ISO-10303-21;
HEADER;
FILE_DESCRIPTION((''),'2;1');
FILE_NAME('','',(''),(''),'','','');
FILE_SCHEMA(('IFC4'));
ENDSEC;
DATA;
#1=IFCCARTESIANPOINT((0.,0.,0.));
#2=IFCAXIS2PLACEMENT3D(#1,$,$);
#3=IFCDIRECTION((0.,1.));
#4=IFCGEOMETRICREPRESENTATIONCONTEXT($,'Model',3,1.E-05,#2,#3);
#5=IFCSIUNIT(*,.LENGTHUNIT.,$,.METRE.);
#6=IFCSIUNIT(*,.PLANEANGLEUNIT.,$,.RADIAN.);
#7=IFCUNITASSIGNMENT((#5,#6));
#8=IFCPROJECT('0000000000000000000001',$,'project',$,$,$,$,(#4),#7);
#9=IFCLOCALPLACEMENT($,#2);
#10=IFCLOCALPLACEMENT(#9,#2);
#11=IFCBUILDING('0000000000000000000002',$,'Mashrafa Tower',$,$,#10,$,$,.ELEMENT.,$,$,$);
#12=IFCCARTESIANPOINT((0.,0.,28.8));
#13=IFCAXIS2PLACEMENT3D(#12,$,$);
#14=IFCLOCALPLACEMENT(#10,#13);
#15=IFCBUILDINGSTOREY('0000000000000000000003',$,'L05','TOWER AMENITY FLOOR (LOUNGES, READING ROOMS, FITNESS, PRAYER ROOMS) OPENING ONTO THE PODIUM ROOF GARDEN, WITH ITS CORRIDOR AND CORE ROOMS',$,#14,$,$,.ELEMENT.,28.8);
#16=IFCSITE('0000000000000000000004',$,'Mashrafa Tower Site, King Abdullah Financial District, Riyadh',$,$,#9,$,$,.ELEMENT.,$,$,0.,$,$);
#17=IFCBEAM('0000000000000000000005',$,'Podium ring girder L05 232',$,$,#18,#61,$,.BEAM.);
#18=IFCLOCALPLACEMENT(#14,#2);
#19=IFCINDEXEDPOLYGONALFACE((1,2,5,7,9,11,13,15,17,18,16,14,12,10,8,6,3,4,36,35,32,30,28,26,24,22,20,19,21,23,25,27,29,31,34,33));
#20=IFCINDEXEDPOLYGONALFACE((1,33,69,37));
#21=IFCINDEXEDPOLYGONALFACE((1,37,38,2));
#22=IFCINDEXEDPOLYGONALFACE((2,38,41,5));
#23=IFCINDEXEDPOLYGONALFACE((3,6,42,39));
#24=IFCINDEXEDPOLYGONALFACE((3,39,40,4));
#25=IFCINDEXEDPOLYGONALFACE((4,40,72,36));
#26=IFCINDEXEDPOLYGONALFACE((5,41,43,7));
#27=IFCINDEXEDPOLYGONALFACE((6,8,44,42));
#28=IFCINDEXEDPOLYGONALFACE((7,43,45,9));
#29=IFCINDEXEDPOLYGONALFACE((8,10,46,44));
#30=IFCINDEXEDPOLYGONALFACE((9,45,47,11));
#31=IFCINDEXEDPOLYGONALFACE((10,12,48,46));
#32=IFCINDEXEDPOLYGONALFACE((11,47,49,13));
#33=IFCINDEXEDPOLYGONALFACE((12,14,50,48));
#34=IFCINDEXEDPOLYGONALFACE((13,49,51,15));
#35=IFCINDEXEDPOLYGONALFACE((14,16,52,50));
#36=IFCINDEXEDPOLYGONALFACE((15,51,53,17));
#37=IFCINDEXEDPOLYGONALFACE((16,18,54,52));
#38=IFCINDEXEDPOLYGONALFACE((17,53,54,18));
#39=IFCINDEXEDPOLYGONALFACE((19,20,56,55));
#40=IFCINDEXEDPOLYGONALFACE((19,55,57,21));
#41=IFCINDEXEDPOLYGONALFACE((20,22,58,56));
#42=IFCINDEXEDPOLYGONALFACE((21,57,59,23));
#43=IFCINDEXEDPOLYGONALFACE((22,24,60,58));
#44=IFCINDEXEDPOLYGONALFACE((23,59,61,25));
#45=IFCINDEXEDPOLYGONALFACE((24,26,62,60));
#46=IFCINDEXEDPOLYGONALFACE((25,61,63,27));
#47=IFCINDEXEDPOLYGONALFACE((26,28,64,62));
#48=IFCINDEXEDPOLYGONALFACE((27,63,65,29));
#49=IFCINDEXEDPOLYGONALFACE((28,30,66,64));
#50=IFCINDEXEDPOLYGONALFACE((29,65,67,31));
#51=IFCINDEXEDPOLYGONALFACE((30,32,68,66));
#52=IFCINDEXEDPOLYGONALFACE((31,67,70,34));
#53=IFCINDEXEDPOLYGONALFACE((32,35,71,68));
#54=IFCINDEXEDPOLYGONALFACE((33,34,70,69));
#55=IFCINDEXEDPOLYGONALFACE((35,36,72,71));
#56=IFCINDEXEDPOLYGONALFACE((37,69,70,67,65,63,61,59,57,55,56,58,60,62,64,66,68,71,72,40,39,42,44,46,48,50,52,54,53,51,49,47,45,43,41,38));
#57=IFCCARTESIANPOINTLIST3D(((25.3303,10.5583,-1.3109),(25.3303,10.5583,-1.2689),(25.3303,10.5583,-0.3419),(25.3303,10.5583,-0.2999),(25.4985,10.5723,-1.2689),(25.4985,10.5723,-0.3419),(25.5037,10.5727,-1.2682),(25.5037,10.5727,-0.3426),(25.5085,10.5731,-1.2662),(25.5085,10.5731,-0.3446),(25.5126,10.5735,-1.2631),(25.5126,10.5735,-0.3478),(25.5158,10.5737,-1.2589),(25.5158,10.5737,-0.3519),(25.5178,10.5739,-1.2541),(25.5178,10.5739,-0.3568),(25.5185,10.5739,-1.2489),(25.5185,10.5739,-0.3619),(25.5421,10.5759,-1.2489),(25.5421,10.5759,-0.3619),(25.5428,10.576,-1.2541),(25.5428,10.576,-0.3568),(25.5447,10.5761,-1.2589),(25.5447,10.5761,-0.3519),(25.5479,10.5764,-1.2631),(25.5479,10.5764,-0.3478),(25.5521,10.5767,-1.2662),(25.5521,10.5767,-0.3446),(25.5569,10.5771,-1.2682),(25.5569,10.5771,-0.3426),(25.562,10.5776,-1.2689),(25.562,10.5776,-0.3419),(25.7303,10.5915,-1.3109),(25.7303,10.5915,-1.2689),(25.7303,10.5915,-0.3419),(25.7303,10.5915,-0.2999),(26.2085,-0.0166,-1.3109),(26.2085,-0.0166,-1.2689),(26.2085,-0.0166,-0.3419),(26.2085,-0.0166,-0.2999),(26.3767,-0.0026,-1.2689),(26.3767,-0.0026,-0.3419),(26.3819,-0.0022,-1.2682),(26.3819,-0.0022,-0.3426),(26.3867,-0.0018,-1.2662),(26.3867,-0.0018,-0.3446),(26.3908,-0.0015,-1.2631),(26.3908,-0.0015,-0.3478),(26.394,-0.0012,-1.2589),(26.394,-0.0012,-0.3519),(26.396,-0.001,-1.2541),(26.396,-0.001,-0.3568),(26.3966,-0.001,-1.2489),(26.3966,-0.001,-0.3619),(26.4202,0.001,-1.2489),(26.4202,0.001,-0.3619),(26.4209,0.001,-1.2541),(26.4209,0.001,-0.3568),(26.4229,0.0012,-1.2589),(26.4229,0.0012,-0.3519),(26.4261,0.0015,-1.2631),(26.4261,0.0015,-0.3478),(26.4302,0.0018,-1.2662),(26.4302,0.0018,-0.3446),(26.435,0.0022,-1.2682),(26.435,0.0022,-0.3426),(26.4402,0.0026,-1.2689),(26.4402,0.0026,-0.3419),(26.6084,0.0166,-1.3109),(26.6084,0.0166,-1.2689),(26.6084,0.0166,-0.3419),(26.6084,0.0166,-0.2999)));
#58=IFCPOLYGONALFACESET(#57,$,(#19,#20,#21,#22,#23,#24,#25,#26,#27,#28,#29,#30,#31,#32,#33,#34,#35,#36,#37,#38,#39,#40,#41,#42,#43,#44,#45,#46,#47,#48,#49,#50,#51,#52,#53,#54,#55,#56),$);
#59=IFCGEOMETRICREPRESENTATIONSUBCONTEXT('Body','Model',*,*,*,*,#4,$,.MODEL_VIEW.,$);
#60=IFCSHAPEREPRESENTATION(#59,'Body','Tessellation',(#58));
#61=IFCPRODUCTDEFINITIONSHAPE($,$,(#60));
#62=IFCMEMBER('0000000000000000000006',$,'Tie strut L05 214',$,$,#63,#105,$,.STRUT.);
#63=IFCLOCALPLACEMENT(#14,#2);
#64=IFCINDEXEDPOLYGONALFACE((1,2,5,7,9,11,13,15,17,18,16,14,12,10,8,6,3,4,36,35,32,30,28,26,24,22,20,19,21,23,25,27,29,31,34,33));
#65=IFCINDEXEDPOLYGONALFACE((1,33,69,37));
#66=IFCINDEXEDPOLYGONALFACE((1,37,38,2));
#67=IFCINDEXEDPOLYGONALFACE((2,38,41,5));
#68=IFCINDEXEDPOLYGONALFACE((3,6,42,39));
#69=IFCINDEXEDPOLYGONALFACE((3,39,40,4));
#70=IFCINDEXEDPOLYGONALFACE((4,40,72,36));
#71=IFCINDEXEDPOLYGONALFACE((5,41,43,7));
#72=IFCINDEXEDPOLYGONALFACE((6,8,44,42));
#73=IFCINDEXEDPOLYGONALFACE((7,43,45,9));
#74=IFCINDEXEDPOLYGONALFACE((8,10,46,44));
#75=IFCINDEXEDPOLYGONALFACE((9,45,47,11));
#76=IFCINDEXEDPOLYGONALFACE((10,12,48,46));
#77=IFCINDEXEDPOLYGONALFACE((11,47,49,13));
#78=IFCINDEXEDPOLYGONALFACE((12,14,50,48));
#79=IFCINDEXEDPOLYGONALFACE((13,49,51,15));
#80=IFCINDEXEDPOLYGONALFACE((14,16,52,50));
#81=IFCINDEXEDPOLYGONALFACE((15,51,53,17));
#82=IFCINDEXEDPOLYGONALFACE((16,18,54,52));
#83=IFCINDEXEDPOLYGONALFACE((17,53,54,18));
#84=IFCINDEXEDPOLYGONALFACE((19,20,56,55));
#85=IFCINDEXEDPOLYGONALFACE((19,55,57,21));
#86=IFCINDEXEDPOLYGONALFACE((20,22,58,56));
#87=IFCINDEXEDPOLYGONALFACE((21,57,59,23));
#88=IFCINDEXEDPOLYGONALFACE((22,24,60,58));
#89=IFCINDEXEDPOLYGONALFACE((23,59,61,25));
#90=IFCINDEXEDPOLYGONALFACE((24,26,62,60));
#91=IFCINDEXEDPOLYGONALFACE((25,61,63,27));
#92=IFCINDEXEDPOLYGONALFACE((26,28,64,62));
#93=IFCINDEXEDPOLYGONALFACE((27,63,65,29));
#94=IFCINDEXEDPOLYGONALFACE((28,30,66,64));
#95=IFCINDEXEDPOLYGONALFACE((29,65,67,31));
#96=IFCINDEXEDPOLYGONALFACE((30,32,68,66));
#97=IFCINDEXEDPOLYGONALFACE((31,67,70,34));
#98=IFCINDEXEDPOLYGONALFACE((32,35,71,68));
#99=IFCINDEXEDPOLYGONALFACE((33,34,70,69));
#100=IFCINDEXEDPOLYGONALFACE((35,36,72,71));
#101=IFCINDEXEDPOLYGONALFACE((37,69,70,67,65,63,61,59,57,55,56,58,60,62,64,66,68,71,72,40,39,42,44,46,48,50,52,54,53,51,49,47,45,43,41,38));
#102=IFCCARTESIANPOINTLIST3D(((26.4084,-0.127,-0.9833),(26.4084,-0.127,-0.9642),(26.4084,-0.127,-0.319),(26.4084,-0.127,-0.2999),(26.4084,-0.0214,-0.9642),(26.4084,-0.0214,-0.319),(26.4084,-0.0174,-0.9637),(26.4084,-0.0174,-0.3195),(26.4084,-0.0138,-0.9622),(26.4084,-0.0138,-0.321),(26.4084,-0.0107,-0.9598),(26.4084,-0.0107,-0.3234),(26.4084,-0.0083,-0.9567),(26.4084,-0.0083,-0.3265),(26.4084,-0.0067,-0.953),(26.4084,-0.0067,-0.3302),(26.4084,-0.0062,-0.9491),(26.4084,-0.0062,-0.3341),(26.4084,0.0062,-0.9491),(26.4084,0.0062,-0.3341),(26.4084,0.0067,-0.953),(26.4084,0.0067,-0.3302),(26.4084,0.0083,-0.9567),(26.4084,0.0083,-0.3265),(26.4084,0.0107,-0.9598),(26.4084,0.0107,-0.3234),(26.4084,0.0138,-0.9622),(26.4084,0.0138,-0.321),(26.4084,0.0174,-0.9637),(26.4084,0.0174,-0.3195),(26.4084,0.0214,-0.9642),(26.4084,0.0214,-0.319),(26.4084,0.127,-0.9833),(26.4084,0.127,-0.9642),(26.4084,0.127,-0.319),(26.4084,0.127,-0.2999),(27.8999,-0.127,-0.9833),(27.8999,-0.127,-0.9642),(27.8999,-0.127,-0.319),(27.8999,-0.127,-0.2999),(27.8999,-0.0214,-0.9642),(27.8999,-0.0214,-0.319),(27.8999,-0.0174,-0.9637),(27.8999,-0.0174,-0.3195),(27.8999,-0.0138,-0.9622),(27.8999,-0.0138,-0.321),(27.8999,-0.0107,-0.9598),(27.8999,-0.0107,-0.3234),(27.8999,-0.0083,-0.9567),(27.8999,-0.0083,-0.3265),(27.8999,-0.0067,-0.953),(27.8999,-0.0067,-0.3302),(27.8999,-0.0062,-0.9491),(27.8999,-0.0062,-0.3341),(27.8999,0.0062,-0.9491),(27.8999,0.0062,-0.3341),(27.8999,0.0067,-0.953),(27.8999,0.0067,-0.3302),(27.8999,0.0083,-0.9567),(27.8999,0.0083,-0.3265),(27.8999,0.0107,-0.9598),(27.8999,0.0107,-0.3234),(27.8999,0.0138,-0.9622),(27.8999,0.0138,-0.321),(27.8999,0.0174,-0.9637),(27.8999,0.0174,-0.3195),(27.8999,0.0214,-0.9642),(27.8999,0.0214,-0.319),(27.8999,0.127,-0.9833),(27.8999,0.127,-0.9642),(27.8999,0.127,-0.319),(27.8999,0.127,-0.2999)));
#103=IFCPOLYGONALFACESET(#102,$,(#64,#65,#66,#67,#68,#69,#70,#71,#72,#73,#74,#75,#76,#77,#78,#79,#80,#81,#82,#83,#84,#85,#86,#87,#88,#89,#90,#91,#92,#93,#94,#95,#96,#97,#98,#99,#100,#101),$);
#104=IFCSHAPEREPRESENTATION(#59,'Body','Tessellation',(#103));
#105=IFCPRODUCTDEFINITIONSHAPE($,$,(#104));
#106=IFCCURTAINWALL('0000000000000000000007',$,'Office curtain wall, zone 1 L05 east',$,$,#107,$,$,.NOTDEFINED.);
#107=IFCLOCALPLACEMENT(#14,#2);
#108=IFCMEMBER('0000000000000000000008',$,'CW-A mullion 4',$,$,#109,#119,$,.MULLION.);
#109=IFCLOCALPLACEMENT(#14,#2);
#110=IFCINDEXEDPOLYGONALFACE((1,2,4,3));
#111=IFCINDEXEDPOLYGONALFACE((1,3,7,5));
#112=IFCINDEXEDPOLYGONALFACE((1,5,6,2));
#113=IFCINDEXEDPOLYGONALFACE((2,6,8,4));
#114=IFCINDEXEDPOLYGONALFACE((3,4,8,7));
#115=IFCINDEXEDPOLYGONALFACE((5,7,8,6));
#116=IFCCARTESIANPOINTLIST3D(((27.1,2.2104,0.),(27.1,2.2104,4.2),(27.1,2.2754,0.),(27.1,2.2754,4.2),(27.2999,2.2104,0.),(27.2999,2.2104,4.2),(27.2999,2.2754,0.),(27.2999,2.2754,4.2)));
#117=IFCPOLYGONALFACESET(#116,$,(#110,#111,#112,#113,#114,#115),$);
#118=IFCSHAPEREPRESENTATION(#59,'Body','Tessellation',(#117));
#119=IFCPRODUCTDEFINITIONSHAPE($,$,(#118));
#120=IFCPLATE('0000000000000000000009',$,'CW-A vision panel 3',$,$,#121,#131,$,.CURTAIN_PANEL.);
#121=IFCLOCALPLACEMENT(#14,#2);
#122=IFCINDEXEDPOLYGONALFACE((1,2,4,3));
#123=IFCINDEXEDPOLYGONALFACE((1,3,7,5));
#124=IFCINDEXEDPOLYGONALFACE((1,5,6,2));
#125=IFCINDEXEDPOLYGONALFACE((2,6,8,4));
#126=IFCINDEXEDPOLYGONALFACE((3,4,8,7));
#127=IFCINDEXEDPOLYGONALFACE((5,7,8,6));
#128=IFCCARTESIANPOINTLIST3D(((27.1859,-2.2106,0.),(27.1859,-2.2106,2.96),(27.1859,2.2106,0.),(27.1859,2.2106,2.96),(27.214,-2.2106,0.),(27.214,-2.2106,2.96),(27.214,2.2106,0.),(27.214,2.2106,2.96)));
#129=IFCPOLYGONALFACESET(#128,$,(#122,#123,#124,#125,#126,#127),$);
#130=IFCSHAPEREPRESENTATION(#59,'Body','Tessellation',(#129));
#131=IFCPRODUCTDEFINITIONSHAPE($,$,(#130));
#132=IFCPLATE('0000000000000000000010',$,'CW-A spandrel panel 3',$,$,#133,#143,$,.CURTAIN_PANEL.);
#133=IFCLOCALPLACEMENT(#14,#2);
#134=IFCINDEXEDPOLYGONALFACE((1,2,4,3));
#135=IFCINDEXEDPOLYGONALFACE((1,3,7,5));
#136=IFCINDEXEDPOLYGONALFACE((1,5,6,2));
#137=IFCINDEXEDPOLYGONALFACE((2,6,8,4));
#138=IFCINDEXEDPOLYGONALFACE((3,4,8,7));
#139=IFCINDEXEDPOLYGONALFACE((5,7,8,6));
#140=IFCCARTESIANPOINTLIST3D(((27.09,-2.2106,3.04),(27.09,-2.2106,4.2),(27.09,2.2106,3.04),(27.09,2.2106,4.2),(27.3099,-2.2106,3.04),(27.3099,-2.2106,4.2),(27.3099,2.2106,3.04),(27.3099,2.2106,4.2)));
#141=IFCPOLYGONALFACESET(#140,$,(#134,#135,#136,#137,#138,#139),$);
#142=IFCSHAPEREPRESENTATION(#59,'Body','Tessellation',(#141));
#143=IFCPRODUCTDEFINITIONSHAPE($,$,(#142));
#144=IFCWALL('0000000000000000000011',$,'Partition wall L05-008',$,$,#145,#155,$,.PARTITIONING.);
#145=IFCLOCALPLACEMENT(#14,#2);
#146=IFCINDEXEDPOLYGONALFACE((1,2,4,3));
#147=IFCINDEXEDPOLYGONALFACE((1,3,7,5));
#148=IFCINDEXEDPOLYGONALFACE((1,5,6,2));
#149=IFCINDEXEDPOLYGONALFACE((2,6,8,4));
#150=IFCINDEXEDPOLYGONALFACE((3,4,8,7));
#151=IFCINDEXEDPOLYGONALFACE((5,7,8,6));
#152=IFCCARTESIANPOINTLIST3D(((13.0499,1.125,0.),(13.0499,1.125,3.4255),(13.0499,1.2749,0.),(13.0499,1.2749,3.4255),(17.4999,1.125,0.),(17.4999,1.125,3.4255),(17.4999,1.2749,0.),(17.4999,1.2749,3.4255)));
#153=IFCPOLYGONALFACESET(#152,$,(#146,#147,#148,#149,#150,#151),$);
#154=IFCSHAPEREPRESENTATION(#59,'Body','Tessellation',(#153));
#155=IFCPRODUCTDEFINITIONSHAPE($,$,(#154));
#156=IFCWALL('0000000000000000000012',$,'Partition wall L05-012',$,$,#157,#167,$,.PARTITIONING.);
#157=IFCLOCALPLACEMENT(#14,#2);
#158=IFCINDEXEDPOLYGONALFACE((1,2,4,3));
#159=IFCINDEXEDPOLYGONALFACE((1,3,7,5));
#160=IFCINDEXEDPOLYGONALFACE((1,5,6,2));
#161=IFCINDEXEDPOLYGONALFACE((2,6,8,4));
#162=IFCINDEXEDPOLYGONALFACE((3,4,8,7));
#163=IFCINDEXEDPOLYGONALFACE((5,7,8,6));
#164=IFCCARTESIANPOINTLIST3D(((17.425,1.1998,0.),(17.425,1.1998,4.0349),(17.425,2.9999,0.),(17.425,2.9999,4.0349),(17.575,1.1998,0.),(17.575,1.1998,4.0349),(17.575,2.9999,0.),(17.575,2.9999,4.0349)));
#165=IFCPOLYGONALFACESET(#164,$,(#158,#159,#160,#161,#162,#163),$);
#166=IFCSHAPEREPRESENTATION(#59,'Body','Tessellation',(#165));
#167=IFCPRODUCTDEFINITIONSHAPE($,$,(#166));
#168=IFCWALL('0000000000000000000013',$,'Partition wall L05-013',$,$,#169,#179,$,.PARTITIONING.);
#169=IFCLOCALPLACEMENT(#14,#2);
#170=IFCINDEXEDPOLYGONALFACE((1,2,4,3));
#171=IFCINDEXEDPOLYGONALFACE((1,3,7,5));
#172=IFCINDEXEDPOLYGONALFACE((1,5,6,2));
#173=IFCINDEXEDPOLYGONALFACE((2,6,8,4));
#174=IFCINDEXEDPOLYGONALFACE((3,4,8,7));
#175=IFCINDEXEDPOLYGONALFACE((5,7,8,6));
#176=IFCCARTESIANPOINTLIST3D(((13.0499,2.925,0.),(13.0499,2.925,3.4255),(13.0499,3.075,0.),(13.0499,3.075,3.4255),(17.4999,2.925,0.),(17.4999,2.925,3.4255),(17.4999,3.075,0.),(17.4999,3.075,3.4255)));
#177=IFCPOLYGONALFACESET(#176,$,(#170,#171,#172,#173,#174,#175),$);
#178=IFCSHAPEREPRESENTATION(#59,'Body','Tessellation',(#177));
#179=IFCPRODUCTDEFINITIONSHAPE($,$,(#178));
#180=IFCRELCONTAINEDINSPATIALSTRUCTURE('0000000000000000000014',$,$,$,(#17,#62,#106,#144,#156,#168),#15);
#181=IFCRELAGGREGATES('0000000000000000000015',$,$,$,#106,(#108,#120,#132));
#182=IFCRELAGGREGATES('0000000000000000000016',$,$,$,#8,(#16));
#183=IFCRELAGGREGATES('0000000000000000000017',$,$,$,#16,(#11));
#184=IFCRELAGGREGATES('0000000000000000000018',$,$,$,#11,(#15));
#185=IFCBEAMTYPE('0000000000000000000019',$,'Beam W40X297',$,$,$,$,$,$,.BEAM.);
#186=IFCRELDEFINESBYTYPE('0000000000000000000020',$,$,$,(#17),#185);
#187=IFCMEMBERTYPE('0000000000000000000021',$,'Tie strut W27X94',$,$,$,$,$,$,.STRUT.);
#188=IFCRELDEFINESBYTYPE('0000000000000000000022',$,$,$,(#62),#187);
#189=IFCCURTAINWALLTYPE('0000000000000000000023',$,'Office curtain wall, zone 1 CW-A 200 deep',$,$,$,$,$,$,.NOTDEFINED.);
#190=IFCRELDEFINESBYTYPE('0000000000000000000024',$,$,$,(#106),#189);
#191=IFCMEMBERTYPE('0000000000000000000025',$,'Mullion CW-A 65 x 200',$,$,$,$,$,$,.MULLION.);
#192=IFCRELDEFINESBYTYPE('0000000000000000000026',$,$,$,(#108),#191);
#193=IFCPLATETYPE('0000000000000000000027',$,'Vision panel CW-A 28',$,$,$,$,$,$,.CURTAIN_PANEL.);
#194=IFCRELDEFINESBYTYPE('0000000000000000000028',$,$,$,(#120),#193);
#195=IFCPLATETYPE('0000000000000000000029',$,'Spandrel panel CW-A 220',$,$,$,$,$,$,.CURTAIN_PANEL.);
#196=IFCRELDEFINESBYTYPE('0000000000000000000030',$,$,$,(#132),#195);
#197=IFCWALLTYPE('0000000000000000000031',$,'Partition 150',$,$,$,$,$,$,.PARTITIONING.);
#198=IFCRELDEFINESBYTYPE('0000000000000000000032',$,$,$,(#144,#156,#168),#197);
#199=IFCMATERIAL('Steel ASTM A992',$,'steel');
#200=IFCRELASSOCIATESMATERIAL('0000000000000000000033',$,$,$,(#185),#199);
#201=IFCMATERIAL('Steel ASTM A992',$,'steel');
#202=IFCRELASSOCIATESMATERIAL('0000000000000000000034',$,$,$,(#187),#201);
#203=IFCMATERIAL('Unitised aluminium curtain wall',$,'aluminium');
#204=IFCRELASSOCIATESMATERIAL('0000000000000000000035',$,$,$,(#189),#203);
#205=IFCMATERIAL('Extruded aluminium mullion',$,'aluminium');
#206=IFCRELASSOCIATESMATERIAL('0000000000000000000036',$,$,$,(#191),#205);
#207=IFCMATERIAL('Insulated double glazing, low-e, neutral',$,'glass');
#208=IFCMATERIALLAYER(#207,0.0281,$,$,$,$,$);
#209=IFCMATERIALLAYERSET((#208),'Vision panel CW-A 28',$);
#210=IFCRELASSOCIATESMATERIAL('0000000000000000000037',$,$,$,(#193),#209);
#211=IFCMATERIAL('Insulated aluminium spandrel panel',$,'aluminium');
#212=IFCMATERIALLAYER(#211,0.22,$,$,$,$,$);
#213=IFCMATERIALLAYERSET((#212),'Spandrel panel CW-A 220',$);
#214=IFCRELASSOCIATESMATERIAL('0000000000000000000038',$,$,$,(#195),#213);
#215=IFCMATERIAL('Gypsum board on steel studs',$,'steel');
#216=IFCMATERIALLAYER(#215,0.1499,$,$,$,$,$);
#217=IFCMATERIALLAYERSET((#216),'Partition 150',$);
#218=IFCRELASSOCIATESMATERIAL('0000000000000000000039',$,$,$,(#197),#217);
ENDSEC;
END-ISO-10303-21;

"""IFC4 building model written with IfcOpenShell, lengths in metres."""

from ifc_helpers import new_model, si_unit, direction, frame, frame_2d, origin, origin_2d, place, context, subcontext, project, spatial, rectangle, i_section, extrude, source, transform, mapped, material, layer, layer_set, material_profile, profile_set, type_object, type_shapes, element, aggregate, save


model = new_model("IFC4")

# Units and contexts
model_context = context("Model", 3, precision=1e-05, world=origin(), true_north=direction((0.0, 1.0)))
body_context = subcontext(model_context, "Body", "Model", "MODEL_VIEW")
ifc_project = project(units=[si_unit("LENGTHUNIT", "METRE"), si_unit("PLANEANGLEUNIT", "RADIAN")], contexts=[model_context])

# Site, building, storey
site_placement = place(None, origin())
site = spatial("IfcSite", under=ifc_project, at=site_placement, Name="Mashrafa Tower Site, King Abdullah Financial District, Riyadh", CompositionType="ELEMENT", RefElevation=0.0)
building_placement = place(site_placement, origin())
building = spatial("IfcBuilding", under=site, at=building_placement, Name="Mashrafa Tower", CompositionType="ELEMENT")
storey_placement = place(building_placement, frame((0.0, 0.0, 28.8)))
storey = spatial("IfcBuildingStorey", under=building, at=storey_placement, Name="L05", Description="TOWER AMENITY FLOOR (LOUNGES, READING ROOMS, FITNESS, PRAYER ROOMS) OPENING ONTO THE PODIUM ROOF GARDEN, WITH ITS CORRIDOR AND CORE ROOMS", CompositionType="ELEMENT", Elevation=28.8)

# Beam
ifc_material_1 = material(Name="Steel ASTM A992", Category="steel")
ifc_material_profile_1 = material_profile(ifc_material_1, i_section(OverallWidth=0.4014, OverallDepth=1.011, WebThickness=0.0237, FlangeThickness=0.042, FilletRadius=0.02, at=origin_2d()), Name="W40X297")
ifc_profile_set_1 = profile_set([ifc_material_profile_1], Name="Steel ASTM A992")
beam_type_1 = type_object("IfcBeamType", Name="Beam W40X297", PredefinedType="BEAM", material=ifc_profile_set_1)
for number, where, z_axis, x_axis, name in (
    (1, (26.4084, 0.0, -0.8054), (-0.082758, 0.99657, 0.0), (-0.99657, -0.082758, 0.0), "Podium ring girder L05 232"),
):
    element("IfcBeam", number, at=place(storey_placement, frame(where, z_axis=z_axis, x_axis=x_axis)), inside=storey, type_object=beam_type_1, Name=name, PredefinedType="BEAM", context=body_context, shape_type="SweptSolid", body=[
        extrude(i_section(OverallWidth=0.4014, OverallDepth=1.011, WebThickness=0.0237, FlangeThickness=0.042, FilletRadius=0.02, at=origin_2d()), origin(), (0.0, 0.0, 1.0), 10.6113),
    ])

# Member
ifc_material_2 = material(Name="Steel ASTM A992", Category="steel")
ifc_material_profile_2 = material_profile(ifc_material_2, i_section(OverallWidth=0.2539, OverallDepth=0.6833, WebThickness=0.0125, FlangeThickness=0.019, FilletRadius=0.0151, at=origin_2d()), Name="W27X94")
ifc_profile_set_2 = profile_set([ifc_material_profile_2], Name="Steel ASTM A992")
member_type_1 = type_object("IfcMemberType", Name="Tie strut W27X94", PredefinedType="STRUT", material=ifc_profile_set_2)
shared_shape_1 = source(origin(), body_context, "Body", "SweptSolid", [
    extrude(i_section(OverallWidth=0.2539, OverallDepth=0.6833, WebThickness=0.0125, FlangeThickness=0.019, FilletRadius=0.0151, at=origin_2d()), origin(), (0.0, 0.0, 1.0), 1.4915),
])
type_shapes(member_type_1, [shared_shape_1])
member_1_placement = place(storey_placement, frame((26.4084, 0.0, -0.6416), z_axis=(1.0, 0.0, 0.0), x_axis=(0.0, 1.0, 0.0)))
element("IfcMember", 2, at=member_1_placement, inside=storey, type_object=member_type_1, Name="Tie strut L05 214", PredefinedType="STRUT", context=body_context, shape_type="MappedRepresentation", body=[
    mapped(shared_shape_1, transform((0.0, 0.0, 0.0))),
])

# Curtain wall, member, plates
ifc_material_3 = material(Name="Unitised aluminium curtain wall", Category="aluminium")
curtain_wall_type = type_object("IfcCurtainWallType", Name="Office curtain wall, zone 1 CW-A 200 deep", PredefinedType="NOTDEFINED", material=ifc_material_3)
curtain_wall_placement = place(storey_placement, origin())
curtain_wall = element("IfcCurtainWall", 3, at=curtain_wall_placement, inside=storey, type_object=curtain_wall_type, Name="Office curtain wall, zone 1 L05 east", PredefinedType="NOTDEFINED")
ifc_material_4 = material(Name="Extruded aluminium mullion", Category="aluminium")
ifc_material_profile_3 = material_profile(ifc_material_4, rectangle(XDim=0.2, YDim=0.0649, at=origin_2d()), Name="Mullion 65x200")
ifc_profile_set_3 = profile_set([ifc_material_profile_3], Name="Extruded aluminium mullion")
member_type_2 = type_object("IfcMemberType", Name="Mullion CW-A 65 x 200", PredefinedType="MULLION", material=ifc_profile_set_3)
shared_shape_2 = source(origin(), body_context, "Body", "SweptSolid", [
    extrude(rectangle(XDim=0.2, YDim=0.0649, at=origin_2d()), origin(), (0.0, 0.0, 1.0), 4.2),
])
type_shapes(member_type_2, [shared_shape_2])
member_2_placement = place(storey_placement, frame((27.2, 2.2429, 0.0), z_axis=(0.0, 0.0, 1.0), x_axis=(-1.0, 0.0, 0.0)))
member_2 = element("IfcMember", 4, at=member_2_placement, type_object=member_type_2, Name="CW-A mullion 4", PredefinedType="MULLION", context=body_context, shape_type="MappedRepresentation", body=[
    mapped(shared_shape_2, transform((0.0, 0.0, 0.0))),
])
ifc_material_5 = material(Name="Insulated double glazing, low-e, neutral", Category="glass")
ifc_layer_1 = layer(ifc_material_5, 0.0281)
ifc_layer_set_1 = layer_set([ifc_layer_1], Name="Vision panel CW-A 28")
plate_type_1 = type_object("IfcPlateType", Name="Vision panel CW-A 28", PredefinedType="CURTAIN_PANEL", material=ifc_layer_set_1)
shared_shape_3 = source(origin(), body_context, "Body", "SweptSolid", [
    extrude(rectangle(XDim=4.4211, YDim=0.0281, at=origin_2d()), origin(), (0.0, 0.0, 1.0), 2.96),
])
type_shapes(plate_type_1, [shared_shape_3])
plate_1_placement = place(storey_placement, frame((27.2, 0.0, 0.0), z_axis=(0.0, 0.0, 1.0), x_axis=(0.0, 1.0, 0.0)))
plate_1 = element("IfcPlate", 5, at=plate_1_placement, type_object=plate_type_1, Name="CW-A vision panel 3", PredefinedType="CURTAIN_PANEL", context=body_context, shape_type="MappedRepresentation", body=[
    mapped(shared_shape_3, transform((0.0, 0.0, 0.0))),
])
ifc_material_6 = material(Name="Insulated aluminium spandrel panel", Category="aluminium")
ifc_layer_2 = layer(ifc_material_6, 0.22)
ifc_layer_set_2 = layer_set([ifc_layer_2], Name="Spandrel panel CW-A 220")
plate_type_2 = type_object("IfcPlateType", Name="Spandrel panel CW-A 220", PredefinedType="CURTAIN_PANEL", material=ifc_layer_set_2)
shared_shape_4 = source(origin(), body_context, "Body", "SweptSolid", [
    extrude(rectangle(XDim=4.4211, YDim=0.22, at=origin_2d()), origin(), (0.0, 0.0, 1.0), 1.1599),
])
type_shapes(plate_type_2, [shared_shape_4])
plate_2_placement = place(storey_placement, frame((27.2, 0.0, 3.04), z_axis=(0.0, 0.0, 1.0), x_axis=(0.0, 1.0, 0.0)))
plate_2 = element("IfcPlate", 6, at=plate_2_placement, type_object=plate_type_2, Name="CW-A spandrel panel 3", PredefinedType="CURTAIN_PANEL", context=body_context, shape_type="MappedRepresentation", body=[
    mapped(shared_shape_4, transform((0.0, 0.0, 0.0))),
])
aggregate(curtain_wall, [member_2, plate_1, plate_2])

# Walls
ifc_material_7 = material(Name="Gypsum board on steel studs", Category="steel")
ifc_layer_3 = layer(ifc_material_7, 0.1499)
ifc_layer_set_3 = layer_set([ifc_layer_3], Name="Partition 150")
wall_type = type_object("IfcWallType", Name="Partition 150", PredefinedType="PARTITIONING", material=ifc_layer_set_3)
wall_1_placement = place(storey_placement, frame((17.5, 1.2, 0.0), z_axis=(0.0, 0.0, 1.0), x_axis=(-1.0, 0.0, 0.0)))
element("IfcWall", 7, at=wall_1_placement, inside=storey, type_object=wall_type, Name="Partition wall L05-008", PredefinedType="PARTITIONING", context=body_context, shape_type="SweptSolid", body=[
    extrude(rectangle(XDim=4.45, YDim=0.1499, at=frame_2d((2.2251, 0.0))), origin(), (0.0, 0.0, 1.0), 3.4255),
])
wall_2_placement = place(storey_placement, frame((17.5, 1.2, 0.0), z_axis=(0.0, 0.0, 1.0), x_axis=(0.0, 1.0, 0.0)))
element("IfcWall", 8, at=wall_2_placement, inside=storey, type_object=wall_type, Name="Partition wall L05-012", PredefinedType="PARTITIONING", context=body_context, shape_type="SweptSolid", body=[
    extrude(rectangle(XDim=1.8, YDim=0.1499, at=frame_2d((0.8999, 0.0))), origin(), (0.0, 0.0, 1.0), 4.0349),
])
wall_3_placement = place(storey_placement, frame((17.5, 3.0, 0.0), z_axis=(0.0, 0.0, 1.0), x_axis=(-1.0, 0.0, 0.0)))
element("IfcWall", 9, at=wall_3_placement, inside=storey, type_object=wall_type, Name="Partition wall L05-013", PredefinedType="PARTITIONING", context=body_context, shape_type="SweptSolid", body=[
    extrude(rectangle(XDim=4.45, YDim=0.1499, at=frame_2d((2.2251, 0.0))), origin(), (0.0, 0.0, 1.0), 3.4255),
])

save(model, "model.ifc")
